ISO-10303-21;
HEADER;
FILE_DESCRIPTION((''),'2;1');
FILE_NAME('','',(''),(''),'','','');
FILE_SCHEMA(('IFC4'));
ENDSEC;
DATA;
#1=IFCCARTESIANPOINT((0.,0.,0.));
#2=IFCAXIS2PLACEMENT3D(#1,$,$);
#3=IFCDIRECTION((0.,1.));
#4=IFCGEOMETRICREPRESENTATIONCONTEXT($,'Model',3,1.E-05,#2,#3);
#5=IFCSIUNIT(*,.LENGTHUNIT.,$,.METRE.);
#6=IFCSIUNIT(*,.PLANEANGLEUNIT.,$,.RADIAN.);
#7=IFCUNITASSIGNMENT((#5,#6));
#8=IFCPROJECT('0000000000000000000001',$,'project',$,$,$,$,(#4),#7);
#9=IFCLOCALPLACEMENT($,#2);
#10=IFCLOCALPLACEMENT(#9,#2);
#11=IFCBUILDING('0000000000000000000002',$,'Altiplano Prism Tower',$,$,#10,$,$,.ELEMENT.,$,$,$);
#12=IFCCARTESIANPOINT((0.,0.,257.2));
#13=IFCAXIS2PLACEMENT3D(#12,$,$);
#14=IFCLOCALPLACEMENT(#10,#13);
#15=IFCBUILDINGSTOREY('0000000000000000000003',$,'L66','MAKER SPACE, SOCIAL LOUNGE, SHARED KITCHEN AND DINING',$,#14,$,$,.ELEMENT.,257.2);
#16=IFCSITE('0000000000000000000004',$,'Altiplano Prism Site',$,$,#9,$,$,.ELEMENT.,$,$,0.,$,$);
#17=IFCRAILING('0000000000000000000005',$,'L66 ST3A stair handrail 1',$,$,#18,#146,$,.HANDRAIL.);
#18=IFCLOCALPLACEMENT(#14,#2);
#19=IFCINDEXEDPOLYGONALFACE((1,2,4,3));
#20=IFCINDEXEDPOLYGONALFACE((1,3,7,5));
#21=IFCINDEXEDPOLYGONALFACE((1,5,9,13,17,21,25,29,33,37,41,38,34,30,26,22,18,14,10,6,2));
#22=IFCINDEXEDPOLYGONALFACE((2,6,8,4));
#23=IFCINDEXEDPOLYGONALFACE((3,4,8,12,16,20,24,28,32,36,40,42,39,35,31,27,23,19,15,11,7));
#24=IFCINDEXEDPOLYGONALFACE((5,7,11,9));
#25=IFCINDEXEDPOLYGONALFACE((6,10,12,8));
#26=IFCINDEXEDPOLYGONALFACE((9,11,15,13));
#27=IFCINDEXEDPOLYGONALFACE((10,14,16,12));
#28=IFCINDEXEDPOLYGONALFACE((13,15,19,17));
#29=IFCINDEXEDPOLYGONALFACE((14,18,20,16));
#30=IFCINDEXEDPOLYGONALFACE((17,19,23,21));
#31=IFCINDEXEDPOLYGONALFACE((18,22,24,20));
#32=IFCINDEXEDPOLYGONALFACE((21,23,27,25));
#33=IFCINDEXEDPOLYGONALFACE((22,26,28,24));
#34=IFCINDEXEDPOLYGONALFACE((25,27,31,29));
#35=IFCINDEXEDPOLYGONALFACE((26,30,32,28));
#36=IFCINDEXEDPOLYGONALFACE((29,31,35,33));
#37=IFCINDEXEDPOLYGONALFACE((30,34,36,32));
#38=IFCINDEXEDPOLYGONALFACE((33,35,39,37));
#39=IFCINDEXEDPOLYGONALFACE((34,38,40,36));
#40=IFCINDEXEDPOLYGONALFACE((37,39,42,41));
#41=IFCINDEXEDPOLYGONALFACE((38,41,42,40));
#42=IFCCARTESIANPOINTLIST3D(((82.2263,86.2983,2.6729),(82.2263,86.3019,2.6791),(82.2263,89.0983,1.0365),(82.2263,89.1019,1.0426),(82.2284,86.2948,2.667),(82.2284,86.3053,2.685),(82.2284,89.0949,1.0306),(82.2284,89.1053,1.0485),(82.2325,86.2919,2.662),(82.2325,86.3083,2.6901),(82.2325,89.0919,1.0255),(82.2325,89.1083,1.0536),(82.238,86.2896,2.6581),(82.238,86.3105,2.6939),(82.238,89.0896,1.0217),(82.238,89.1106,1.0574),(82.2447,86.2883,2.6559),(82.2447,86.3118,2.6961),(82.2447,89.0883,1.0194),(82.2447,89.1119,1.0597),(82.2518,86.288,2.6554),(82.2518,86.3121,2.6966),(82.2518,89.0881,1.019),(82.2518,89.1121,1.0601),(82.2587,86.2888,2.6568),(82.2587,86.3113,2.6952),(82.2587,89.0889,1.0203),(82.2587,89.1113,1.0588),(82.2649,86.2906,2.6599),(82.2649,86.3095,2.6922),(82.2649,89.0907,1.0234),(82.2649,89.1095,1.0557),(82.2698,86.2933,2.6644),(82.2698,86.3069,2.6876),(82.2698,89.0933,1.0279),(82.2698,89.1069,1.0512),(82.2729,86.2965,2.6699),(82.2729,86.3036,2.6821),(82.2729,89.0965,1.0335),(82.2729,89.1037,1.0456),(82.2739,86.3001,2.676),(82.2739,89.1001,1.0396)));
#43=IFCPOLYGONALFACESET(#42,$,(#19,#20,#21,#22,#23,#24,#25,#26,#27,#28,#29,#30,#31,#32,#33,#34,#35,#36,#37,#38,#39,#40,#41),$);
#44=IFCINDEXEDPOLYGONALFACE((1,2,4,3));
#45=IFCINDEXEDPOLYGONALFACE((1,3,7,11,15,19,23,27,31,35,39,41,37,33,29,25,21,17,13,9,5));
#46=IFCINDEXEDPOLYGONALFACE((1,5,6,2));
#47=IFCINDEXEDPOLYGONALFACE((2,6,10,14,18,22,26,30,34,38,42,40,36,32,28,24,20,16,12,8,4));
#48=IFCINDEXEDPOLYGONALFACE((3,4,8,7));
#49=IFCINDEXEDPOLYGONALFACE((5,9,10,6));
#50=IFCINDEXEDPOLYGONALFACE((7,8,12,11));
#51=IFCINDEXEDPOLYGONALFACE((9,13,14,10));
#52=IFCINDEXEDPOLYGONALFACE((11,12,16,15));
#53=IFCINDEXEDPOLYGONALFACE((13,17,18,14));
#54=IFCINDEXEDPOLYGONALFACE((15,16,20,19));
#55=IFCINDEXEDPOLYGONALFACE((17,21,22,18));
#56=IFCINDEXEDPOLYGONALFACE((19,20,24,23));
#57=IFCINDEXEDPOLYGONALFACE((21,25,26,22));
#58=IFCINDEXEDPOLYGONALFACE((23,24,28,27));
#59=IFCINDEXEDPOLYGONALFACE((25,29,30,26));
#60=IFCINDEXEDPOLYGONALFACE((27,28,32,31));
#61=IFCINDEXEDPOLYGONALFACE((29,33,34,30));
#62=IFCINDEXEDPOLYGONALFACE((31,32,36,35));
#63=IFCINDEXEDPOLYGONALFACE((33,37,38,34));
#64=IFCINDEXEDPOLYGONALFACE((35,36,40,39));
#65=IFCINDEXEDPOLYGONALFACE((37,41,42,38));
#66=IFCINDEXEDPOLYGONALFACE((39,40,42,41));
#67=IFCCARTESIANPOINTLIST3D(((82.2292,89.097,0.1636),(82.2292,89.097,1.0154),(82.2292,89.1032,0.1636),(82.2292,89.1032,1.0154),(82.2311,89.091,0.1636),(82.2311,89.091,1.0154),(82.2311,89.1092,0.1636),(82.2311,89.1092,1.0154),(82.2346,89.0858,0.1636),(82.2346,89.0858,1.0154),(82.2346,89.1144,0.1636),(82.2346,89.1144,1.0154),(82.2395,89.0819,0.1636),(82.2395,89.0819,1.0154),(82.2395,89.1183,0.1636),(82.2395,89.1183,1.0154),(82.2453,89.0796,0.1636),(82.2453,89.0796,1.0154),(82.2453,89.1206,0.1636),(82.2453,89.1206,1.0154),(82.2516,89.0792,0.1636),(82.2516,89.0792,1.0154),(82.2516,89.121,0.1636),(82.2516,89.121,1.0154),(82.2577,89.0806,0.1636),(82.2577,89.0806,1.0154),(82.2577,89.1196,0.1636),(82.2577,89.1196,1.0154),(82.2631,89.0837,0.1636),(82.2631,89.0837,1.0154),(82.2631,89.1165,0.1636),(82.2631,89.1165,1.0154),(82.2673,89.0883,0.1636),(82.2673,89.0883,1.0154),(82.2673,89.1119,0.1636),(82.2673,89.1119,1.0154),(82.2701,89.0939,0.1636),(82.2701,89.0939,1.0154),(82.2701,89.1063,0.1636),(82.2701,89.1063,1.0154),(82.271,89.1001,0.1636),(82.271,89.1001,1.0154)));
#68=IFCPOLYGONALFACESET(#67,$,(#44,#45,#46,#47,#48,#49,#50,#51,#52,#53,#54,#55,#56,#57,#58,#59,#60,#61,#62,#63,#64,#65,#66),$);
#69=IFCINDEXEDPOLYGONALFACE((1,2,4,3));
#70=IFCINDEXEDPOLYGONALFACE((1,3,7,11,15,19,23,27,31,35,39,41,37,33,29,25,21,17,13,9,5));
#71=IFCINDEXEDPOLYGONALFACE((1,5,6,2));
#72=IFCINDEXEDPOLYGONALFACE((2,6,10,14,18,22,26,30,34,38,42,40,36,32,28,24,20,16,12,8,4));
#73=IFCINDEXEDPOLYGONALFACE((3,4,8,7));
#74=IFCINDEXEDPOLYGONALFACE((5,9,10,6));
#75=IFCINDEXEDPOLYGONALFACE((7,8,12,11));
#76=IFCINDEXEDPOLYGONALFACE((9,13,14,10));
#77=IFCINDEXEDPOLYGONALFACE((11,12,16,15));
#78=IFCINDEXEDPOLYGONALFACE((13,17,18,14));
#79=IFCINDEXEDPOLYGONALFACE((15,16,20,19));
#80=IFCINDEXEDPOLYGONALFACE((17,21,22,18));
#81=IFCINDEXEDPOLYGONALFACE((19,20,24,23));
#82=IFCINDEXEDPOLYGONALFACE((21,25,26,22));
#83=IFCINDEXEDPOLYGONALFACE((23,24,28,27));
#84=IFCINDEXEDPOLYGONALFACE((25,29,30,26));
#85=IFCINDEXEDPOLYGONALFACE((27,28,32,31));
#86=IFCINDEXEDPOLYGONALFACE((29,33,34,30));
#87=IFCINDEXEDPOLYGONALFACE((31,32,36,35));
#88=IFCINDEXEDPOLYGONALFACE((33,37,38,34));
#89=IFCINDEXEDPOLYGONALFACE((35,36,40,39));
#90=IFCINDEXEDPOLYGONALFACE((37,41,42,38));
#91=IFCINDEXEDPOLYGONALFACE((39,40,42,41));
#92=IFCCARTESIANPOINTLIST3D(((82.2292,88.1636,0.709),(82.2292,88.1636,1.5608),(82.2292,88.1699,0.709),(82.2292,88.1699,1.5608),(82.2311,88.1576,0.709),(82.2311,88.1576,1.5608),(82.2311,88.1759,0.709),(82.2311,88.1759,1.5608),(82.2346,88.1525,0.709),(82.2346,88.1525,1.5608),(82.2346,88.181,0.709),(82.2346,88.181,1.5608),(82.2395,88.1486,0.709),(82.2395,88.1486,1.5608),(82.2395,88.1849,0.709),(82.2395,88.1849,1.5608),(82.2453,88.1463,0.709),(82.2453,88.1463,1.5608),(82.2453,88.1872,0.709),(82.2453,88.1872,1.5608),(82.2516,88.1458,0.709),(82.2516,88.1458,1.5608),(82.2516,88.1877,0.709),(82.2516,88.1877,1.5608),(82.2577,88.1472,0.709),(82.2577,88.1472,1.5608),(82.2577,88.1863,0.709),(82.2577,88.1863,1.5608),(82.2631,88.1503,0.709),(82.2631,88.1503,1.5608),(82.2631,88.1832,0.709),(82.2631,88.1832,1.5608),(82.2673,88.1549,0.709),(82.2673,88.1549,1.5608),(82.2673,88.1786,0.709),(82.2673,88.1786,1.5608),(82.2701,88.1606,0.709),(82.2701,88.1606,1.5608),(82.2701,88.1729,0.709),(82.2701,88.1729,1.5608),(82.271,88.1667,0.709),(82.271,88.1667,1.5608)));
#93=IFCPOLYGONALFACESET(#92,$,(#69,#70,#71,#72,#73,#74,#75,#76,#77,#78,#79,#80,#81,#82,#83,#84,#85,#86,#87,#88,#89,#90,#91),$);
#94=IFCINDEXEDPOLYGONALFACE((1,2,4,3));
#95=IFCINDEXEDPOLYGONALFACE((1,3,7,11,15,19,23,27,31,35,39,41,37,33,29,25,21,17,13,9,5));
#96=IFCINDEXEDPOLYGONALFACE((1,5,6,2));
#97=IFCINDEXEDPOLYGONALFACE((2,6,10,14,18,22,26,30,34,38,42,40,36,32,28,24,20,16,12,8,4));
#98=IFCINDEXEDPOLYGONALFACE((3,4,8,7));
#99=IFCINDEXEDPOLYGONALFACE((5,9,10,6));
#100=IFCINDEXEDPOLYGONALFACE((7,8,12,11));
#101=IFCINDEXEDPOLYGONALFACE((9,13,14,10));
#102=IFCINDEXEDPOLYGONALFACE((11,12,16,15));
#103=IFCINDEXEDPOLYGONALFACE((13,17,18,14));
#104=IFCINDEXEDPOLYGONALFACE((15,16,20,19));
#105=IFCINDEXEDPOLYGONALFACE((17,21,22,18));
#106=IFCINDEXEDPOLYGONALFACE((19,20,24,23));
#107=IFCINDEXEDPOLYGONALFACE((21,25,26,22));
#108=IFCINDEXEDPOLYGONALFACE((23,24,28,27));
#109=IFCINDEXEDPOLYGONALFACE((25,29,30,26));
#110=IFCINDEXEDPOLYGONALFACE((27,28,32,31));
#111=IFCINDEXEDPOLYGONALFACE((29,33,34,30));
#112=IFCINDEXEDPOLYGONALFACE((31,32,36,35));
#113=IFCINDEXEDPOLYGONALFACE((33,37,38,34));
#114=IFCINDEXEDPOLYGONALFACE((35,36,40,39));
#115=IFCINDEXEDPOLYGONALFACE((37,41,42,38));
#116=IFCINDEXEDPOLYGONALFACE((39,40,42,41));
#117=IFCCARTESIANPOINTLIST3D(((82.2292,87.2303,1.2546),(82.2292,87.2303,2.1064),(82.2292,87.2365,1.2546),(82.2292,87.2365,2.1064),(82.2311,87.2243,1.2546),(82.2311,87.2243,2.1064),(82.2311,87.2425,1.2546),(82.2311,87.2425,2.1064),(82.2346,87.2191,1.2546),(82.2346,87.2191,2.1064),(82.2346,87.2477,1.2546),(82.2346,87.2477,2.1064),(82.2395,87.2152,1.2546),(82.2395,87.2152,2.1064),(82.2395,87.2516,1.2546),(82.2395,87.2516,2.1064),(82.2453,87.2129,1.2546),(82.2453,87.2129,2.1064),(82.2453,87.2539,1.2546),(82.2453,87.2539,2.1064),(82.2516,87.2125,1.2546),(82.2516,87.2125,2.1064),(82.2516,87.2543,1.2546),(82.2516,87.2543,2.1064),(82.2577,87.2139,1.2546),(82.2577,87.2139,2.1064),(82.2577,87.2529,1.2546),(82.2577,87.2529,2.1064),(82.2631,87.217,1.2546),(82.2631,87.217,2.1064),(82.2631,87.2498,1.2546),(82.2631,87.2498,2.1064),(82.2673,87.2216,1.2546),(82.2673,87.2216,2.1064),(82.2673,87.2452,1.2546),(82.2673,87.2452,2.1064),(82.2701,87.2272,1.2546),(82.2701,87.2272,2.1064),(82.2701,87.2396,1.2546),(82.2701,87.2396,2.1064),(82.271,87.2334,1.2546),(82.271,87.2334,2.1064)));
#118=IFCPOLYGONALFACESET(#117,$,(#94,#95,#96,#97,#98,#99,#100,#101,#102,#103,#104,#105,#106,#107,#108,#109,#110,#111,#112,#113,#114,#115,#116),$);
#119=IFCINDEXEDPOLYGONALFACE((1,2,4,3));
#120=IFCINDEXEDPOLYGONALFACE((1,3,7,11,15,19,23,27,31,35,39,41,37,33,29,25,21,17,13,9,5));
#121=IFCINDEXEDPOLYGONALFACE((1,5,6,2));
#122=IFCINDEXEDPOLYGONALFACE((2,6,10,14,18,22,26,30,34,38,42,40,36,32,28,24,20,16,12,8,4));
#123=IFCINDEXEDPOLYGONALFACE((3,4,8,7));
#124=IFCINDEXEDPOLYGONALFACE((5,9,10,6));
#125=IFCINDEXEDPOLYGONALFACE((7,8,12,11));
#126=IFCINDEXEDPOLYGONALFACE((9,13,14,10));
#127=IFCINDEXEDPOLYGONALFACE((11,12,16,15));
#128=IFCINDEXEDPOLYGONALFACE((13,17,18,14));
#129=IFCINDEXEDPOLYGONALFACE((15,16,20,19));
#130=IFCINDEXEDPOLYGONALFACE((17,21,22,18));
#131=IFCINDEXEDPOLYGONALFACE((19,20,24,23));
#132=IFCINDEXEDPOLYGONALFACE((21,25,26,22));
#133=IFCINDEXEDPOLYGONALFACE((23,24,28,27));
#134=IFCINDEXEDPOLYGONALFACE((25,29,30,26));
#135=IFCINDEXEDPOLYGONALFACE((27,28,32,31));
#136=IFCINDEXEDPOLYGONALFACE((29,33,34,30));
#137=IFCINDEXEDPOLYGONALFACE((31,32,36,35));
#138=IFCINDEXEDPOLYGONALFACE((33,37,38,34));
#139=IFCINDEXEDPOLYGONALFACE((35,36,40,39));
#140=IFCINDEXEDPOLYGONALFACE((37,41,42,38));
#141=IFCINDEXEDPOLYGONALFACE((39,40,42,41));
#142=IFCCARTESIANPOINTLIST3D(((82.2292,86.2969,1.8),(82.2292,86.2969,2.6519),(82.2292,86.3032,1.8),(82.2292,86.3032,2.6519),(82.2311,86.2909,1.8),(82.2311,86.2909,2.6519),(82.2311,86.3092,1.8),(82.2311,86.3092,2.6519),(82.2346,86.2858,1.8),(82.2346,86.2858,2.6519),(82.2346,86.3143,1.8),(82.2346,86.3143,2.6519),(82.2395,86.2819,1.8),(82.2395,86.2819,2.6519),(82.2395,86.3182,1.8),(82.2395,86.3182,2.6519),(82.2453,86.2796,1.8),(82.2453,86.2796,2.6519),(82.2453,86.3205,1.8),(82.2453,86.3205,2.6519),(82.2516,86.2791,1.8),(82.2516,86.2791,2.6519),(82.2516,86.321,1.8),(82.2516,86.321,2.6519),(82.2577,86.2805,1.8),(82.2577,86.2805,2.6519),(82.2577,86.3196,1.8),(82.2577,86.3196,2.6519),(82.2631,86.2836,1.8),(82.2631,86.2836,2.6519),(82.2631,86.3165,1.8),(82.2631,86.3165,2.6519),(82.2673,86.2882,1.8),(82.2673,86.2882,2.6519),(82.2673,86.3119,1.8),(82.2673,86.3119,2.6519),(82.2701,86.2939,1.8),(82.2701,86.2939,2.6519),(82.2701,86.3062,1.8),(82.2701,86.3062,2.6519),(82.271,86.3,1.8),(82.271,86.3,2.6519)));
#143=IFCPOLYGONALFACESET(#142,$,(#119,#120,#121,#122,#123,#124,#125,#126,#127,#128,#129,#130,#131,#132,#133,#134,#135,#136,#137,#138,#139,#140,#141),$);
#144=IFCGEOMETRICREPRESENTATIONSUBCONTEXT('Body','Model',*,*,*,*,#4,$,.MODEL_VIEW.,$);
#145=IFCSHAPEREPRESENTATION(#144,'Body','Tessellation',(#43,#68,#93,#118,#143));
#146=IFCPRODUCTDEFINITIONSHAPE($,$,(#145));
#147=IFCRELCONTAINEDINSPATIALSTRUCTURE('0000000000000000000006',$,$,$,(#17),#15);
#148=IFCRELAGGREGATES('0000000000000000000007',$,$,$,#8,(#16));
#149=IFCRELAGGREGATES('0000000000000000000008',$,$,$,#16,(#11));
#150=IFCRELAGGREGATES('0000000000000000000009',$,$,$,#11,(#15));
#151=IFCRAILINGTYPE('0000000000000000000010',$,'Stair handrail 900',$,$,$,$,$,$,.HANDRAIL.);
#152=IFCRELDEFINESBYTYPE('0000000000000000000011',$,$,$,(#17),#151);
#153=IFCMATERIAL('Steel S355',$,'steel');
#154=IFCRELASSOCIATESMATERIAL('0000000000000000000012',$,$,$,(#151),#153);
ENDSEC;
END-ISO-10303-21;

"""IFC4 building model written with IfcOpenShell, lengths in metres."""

from ifc_helpers import new_model, si_unit, direction, frame, origin, origin_2d, place, context, subcontext, project, spatial, circle, extrude, material, type_object, element, save


model = new_model("IFC4")

# Units and contexts
model_context = context("Model", 3, precision=1e-05, world=origin(), true_north=direction((0.0, 1.0)))
body_context = subcontext(model_context, "Body", "Model", "MODEL_VIEW")
ifc_project = project(units=[si_unit("LENGTHUNIT", "METRE"), si_unit("PLANEANGLEUNIT", "RADIAN")], contexts=[model_context])

# Site, building, storey
site_placement = place(None, origin())
site = spatial("IfcSite", under=ifc_project, at=site_placement, Name="Altiplano Prism Site", CompositionType="ELEMENT", RefElevation=0.0)
building_placement = place(site_placement, origin())
building = spatial("IfcBuilding", under=site, at=building_placement, Name="Altiplano Prism Tower", CompositionType="ELEMENT")
storey_placement = place(building_placement, frame((0.0, 0.0, 257.2)))
storey = spatial("IfcBuildingStorey", under=building, at=storey_placement, Name="L66", Description="MAKER SPACE, SOCIAL LOUNGE, SHARED KITCHEN AND DINING", CompositionType="ELEMENT", Elevation=257.2)

# Railing
ifc_material_1 = material(Name="Steel S355", Category="steel")
railing_type = type_object("IfcRailingType", Name="Stair handrail 900", PredefinedType="HANDRAIL", material=ifc_material_1)
railing_placement = place(storey_placement, frame((82.25, 89.1001, 0.1636)))
element("IfcRailing", 1, at=railing_placement, inside=storey, type_object=railing_type, Name="L66 ST3A stair handrail 1", PredefinedType="HANDRAIL", context=body_context, shape_type="SweptSolid", body=[
    extrude(circle(Radius=0.0239, at=origin_2d()), frame((0.0, 0.0, 0.876), z_axis=(0.0, -0.863361, 0.504587), x_axis=(1.0, 0.0, 0.0)), (0.0, 0.0, 1.0), 3.2432),
    extrude(circle(Radius=0.021, at=origin_2d()), origin(), (0.0, 0.0, 1.0), 0.8518),
    extrude(circle(Radius=0.021, at=origin_2d()), frame((0.0, -0.9333, 0.5454)), (0.0, 0.0, 1.0), 0.8518),
    extrude(circle(Radius=0.021, at=origin_2d()), frame((0.0, -1.8667, 1.0911)), (0.0, 0.0, 1.0), 0.8518),
    extrude(circle(Radius=0.021, at=origin_2d()), frame((0.0, -2.8, 1.6365)), (0.0, 0.0, 1.0), 0.8518),
])

save(model, "model.ifc")
